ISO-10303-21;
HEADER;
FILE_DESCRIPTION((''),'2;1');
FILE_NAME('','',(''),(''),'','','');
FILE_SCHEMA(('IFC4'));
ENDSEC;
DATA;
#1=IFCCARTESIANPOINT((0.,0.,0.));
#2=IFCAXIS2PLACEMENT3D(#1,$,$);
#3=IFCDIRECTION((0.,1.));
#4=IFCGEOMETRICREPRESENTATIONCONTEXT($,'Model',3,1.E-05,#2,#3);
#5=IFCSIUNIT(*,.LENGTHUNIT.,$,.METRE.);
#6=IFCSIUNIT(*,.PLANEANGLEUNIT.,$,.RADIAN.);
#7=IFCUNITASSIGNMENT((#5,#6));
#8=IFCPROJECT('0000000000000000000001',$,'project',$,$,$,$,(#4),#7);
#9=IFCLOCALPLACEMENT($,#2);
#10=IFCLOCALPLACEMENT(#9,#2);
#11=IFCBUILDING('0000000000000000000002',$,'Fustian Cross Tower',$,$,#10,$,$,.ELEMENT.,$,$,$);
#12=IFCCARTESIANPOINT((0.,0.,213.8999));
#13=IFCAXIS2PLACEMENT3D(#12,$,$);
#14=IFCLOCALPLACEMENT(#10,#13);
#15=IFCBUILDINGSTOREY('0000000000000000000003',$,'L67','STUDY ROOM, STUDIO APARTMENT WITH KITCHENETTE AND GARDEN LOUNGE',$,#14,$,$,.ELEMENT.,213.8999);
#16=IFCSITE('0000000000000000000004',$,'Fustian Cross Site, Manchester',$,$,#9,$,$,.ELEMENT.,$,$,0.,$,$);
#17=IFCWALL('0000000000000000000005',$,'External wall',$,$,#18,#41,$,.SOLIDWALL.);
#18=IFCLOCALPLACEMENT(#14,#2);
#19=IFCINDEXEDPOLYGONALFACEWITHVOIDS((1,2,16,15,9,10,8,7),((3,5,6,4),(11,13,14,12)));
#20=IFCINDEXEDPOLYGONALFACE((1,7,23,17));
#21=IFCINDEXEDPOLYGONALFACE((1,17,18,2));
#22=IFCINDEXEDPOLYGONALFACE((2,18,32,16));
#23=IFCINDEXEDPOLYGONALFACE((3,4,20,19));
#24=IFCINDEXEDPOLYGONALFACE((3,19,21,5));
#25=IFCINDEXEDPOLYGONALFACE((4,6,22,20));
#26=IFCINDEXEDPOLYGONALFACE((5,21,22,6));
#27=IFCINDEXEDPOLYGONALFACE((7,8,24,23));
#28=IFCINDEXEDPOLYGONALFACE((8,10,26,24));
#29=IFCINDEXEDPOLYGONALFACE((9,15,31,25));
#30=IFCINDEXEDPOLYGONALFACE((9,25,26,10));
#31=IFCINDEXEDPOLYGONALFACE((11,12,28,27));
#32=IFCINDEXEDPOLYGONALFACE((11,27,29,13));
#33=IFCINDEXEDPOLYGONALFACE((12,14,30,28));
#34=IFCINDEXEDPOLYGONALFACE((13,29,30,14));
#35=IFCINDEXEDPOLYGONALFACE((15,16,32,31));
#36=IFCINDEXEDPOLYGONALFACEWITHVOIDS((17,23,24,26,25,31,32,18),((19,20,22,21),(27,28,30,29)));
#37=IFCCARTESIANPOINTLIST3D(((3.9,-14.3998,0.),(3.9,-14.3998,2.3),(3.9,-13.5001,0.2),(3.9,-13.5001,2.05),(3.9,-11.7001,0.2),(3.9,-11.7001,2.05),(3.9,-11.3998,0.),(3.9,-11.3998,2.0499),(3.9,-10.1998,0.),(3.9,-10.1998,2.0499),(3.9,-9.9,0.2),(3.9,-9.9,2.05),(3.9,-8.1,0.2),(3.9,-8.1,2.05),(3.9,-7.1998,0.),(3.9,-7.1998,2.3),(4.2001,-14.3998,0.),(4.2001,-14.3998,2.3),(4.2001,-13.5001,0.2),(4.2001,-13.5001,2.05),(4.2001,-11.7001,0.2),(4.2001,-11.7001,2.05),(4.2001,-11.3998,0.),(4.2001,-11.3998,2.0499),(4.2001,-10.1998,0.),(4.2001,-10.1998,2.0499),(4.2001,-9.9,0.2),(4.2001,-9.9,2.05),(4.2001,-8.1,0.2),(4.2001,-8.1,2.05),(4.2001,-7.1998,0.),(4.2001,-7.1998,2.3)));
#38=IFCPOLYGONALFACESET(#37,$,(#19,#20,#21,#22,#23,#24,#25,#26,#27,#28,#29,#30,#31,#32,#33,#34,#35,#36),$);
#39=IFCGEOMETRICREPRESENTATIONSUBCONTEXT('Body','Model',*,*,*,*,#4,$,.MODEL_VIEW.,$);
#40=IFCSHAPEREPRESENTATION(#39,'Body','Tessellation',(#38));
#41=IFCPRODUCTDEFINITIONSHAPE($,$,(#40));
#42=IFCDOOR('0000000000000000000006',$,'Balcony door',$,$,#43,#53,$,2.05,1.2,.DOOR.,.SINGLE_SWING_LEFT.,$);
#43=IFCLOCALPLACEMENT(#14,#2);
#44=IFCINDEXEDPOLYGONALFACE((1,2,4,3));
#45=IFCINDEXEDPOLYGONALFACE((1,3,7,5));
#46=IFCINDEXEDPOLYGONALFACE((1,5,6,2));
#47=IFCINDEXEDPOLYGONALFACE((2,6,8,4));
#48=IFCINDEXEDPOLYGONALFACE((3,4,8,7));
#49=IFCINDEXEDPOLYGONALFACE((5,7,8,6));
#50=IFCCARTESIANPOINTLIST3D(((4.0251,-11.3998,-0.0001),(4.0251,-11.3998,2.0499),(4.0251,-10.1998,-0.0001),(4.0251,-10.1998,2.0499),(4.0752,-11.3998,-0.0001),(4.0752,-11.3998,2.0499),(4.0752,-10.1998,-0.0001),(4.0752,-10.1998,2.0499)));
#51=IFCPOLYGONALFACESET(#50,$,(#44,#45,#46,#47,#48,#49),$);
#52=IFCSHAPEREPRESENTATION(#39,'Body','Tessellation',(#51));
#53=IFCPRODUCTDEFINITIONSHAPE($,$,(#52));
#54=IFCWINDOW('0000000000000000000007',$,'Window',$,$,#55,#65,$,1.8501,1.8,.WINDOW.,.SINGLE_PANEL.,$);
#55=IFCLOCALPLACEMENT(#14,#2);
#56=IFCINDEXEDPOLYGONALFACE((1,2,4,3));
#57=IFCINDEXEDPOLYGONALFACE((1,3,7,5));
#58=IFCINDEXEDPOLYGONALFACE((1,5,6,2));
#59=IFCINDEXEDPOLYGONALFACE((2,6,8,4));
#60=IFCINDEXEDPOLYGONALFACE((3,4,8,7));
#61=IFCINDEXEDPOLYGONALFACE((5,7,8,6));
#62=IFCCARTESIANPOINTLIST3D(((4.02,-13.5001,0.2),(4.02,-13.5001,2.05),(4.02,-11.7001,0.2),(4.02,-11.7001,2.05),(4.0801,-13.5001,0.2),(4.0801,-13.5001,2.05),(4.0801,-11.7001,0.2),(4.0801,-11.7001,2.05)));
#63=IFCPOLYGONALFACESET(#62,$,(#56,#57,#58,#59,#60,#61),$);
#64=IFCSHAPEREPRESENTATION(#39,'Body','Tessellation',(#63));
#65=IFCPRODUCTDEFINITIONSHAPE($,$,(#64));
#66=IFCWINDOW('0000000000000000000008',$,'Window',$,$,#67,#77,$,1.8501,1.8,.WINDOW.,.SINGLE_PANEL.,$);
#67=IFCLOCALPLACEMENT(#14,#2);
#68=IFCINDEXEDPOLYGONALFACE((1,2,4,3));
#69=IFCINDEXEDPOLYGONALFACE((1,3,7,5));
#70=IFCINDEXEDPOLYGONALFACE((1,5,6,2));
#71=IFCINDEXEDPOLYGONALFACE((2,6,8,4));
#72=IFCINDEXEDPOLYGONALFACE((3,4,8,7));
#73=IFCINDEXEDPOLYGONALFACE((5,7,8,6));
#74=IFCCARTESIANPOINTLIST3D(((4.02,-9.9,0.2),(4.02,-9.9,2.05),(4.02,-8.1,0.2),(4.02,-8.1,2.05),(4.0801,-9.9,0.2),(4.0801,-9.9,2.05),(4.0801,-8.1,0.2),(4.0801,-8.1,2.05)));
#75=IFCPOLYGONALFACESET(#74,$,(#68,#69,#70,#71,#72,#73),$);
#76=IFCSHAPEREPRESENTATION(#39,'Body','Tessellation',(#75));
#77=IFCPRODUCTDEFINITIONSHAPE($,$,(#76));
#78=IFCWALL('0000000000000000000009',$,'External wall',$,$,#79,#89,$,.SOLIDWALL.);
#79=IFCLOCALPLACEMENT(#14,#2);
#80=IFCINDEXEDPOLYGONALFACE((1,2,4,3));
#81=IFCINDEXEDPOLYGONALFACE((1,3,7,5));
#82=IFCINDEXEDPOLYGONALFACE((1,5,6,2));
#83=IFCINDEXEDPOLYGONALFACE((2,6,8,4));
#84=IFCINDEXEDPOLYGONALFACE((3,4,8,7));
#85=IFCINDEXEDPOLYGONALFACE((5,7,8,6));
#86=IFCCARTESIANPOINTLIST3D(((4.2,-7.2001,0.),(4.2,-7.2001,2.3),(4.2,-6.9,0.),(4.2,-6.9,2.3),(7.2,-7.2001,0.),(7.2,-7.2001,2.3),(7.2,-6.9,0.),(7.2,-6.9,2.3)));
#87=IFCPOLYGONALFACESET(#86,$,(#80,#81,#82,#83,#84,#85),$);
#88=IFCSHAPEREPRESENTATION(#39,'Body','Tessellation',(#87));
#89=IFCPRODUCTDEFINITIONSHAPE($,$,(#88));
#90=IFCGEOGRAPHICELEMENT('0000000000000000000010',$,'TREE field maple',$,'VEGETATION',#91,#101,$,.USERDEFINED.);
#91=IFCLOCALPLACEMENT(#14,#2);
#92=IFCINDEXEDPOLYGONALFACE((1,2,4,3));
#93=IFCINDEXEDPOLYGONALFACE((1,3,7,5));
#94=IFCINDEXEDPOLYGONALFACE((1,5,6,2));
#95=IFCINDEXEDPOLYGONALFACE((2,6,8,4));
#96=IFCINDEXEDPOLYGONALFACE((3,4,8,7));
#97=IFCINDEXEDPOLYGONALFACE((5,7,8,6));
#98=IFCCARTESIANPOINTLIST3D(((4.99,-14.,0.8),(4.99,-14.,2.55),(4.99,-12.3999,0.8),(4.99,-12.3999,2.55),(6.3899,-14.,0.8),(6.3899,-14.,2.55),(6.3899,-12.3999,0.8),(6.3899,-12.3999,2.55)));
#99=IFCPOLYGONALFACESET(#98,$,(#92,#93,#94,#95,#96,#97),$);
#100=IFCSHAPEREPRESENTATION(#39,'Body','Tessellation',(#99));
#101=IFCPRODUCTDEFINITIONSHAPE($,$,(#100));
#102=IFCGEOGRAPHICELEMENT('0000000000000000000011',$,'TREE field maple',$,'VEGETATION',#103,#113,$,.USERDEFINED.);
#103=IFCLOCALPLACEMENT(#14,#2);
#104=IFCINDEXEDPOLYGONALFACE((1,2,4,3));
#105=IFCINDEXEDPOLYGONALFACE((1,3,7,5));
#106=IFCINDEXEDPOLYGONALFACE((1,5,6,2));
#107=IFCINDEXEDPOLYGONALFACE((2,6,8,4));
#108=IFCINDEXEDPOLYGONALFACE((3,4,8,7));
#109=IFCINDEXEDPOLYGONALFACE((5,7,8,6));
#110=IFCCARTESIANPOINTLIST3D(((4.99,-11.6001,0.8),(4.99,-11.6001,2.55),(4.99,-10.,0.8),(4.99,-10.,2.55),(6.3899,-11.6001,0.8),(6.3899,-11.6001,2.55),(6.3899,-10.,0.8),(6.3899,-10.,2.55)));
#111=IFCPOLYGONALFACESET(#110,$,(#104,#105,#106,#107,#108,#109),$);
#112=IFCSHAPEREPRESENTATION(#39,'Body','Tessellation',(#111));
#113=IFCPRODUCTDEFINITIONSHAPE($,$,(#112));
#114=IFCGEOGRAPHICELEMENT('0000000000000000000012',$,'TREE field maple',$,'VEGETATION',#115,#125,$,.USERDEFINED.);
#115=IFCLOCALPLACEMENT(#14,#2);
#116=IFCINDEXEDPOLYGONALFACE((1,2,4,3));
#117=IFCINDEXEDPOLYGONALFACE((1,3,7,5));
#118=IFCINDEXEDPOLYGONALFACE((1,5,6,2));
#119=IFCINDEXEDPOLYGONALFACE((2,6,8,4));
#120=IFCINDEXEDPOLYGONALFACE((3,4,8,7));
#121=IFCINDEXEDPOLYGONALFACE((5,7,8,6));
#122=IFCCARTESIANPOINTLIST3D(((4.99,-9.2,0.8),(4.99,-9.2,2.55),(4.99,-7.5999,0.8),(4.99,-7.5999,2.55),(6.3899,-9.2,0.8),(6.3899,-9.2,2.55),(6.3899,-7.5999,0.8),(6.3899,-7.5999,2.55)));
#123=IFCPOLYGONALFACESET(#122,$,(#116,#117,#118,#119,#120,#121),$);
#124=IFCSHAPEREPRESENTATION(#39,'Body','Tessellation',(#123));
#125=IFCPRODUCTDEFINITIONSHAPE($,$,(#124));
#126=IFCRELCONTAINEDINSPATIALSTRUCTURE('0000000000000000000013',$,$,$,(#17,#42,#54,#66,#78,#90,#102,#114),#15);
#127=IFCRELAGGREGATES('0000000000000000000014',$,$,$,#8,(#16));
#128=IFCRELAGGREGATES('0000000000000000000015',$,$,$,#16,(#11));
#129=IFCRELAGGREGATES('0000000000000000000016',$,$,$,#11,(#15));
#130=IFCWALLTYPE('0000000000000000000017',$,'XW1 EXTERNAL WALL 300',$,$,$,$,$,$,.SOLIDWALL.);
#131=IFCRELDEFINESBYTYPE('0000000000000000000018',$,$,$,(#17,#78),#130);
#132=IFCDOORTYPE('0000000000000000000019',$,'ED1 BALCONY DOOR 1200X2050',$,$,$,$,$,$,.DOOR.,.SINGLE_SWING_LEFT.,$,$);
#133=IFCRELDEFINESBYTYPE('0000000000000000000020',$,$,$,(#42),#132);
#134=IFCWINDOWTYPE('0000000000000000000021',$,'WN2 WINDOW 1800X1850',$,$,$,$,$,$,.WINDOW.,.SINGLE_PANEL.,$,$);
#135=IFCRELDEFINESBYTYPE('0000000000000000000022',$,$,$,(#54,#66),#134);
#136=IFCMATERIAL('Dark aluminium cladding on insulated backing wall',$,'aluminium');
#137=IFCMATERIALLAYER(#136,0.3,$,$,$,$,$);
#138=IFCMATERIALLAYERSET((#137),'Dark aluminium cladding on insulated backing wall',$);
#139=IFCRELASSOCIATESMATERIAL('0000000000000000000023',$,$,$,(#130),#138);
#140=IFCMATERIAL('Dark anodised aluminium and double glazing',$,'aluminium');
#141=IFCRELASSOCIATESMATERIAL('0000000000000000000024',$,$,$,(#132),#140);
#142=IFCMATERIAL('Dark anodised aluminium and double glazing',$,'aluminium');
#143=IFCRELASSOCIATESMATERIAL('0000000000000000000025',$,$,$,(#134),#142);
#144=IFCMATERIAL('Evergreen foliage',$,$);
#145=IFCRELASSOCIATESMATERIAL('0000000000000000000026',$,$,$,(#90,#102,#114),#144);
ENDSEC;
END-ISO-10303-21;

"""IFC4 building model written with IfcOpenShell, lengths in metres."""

from ifc_helpers import new_model, si_unit, direction, frame, frame_2d, origin, origin_2d, place, context, subcontext, project, spatial, rectangle, extrude, material, layer, layer_set, type_object, element, fill, save


model = new_model("IFC4")

# Units and contexts
model_context = context("Model", 3, precision=1e-05, world=origin(), true_north=direction((0.0, 1.0)))
body_context = subcontext(model_context, "Body", "Model", "MODEL_VIEW")
ifc_project = project(units=[si_unit("LENGTHUNIT", "METRE"), si_unit("PLANEANGLEUNIT", "RADIAN")], contexts=[model_context])

# Site, building, storey
site_placement = place(None, origin())
site = spatial("IfcSite", under=ifc_project, at=site_placement, Name="Fustian Cross Site, Manchester", CompositionType="ELEMENT", RefElevation=0.0)
building_placement = place(site_placement, origin())
building = spatial("IfcBuilding", under=site, at=building_placement, Name="Fustian Cross Tower", CompositionType="ELEMENT")
storey_placement = place(building_placement, frame((0.0, 0.0, 213.8999)))
storey = spatial("IfcBuildingStorey", under=building, at=storey_placement, Name="L67", Description="STUDY ROOM, STUDIO APARTMENT WITH KITCHENETTE AND GARDEN LOUNGE", CompositionType="ELEMENT", Elevation=213.8999)

# Shared definitions
ifc_material_1 = material(Name="Dark aluminium cladding on insulated backing wall", Category="aluminium")
ifc_layer_1 = layer(ifc_material_1, 0.3)
ifc_layer_set_1 = layer_set([ifc_layer_1], Name="Dark aluminium cladding on insulated backing wall")
wall_type_1 = type_object("IfcWallType", Name="XW1 EXTERNAL WALL 300", PredefinedType="SOLIDWALL", material=ifc_layer_set_1)

# Wall, openings, door, windows
wall_1_placement = place(storey_placement, frame((4.05, -14.3999, 0.0), z_axis=(0.0, 0.0, 1.0), x_axis=(0.0, 1.0, 0.0)))
wall_1 = element("IfcWall", 1, at=wall_1_placement, inside=storey, type_object=wall_type_1, Name="External wall", PredefinedType="SOLIDWALL", context=body_context, shape_type="SweptSolid", body=[
    extrude(rectangle(XDim=7.2, YDim=0.3, at=frame_2d((3.6001, 0.0))), origin(), (0.0, 0.0, 1.0), 2.3),
])
opening_1_placement = place(wall_1_placement, frame((3.0, 0.0, 0.0)))
opening_1 = element("IfcOpeningElement", 2, at=opening_1_placement, cuts=wall_1, PredefinedType="OPENING", context=body_context, shape_type="SweptSolid", body=[
    extrude(rectangle(XDim=1.2, YDim=2.05, at=frame_2d((0.6001, 1.0249))), frame((0.0, 0.1599, 0.0), z_axis=(0.0, -1.0, 0.0), x_axis=(1.0, 0.0, 0.0)), (0.0, 0.0, 1.0), 0.3201),
])
opening_2_placement = place(wall_1_placement, frame((0.8999, 0.0, 0.2)))
opening_2 = element("IfcOpeningElement", 3, at=opening_2_placement, cuts=wall_1, PredefinedType="OPENING", context=body_context, shape_type="SweptSolid", body=[
    extrude(rectangle(XDim=1.8, YDim=1.8501, at=frame_2d((0.8999, 0.925))), frame((0.0, 0.1599, 0.0), z_axis=(0.0, -1.0, 0.0), x_axis=(1.0, 0.0, 0.0)), (0.0, 0.0, 1.0), 0.3201),
])
opening_3_placement = place(wall_1_placement, frame((4.5, 0.0, 0.2)))
opening_3 = element("IfcOpeningElement", 4, at=opening_3_placement, cuts=wall_1, PredefinedType="OPENING", context=body_context, shape_type="SweptSolid", body=[
    extrude(rectangle(XDim=1.8, YDim=1.8501, at=frame_2d((0.8999, 0.925))), frame((0.0, 0.1599, 0.0), z_axis=(0.0, -1.0, 0.0), x_axis=(1.0, 0.0, 0.0)), (0.0, 0.0, 1.0), 0.3201),
])
ifc_material_2 = material(Name="Dark anodised aluminium and double glazing", Category="aluminium")
door_type_1 = type_object("IfcDoorType", Name="ED1 BALCONY DOOR 1200X2050", OperationType="SINGLE_SWING_LEFT", PredefinedType="DOOR", material=ifc_material_2)
door_1_placement = place(opening_1_placement, origin())
door_1 = element("IfcDoor", 5, at=door_1_placement, inside=storey, type_object=door_type_1, Name="Balcony door", OperationType="SINGLE_SWING_LEFT", OverallHeight=2.05, OverallWidth=1.2, PredefinedType="DOOR", context=body_context, shape_type="SweptSolid", body=[
    extrude(rectangle(XDim=1.2, YDim=2.05, at=frame_2d((0.6001, 1.0249))), frame((0.0, 0.0249, 0.0), z_axis=(0.0, -1.0, 0.0), x_axis=(1.0, 0.0, 0.0)), (0.0, 0.0, 1.0), 0.05),
])
fill(opening_1, door_1)
ifc_material_3 = material(Name="Dark anodised aluminium and double glazing", Category="aluminium")
window_type = type_object("IfcWindowType", Name="WN2 WINDOW 1800X1850", PartitioningType="SINGLE_PANEL", PredefinedType="WINDOW", material=ifc_material_3)
window_1_placement = place(opening_2_placement, origin())
window_1 = element("IfcWindow", 6, at=window_1_placement, inside=storey, type_object=window_type, Name="Window", OverallHeight=1.8501, OverallWidth=1.8, PartitioningType="SINGLE_PANEL", PredefinedType="WINDOW", context=body_context, shape_type="SweptSolid", body=[
    extrude(rectangle(XDim=1.8, YDim=1.8501, at=frame_2d((0.8999, 0.925))), frame((0.0, 0.03, 0.0), z_axis=(0.0, -1.0, 0.0), x_axis=(1.0, 0.0, 0.0)), (0.0, 0.0, 1.0), 0.0601),
])
fill(opening_2, window_1)
window_2_placement = place(opening_3_placement, origin())
window_2 = element("IfcWindow", 7, at=window_2_placement, inside=storey, type_object=window_type, Name="Window", OverallHeight=1.8501, OverallWidth=1.8, PartitioningType="SINGLE_PANEL", PredefinedType="WINDOW", context=body_context, shape_type="SweptSolid", body=[
    extrude(rectangle(XDim=1.8, YDim=1.8501, at=frame_2d((0.8999, 0.925))), frame((0.0, 0.03, 0.0), z_axis=(0.0, -1.0, 0.0), x_axis=(1.0, 0.0, 0.0)), (0.0, 0.0, 1.0), 0.0601),
])
fill(opening_3, window_2)

# Wall
wall_2_placement = place(storey_placement, frame((4.2, -7.05, 0.0), z_axis=(0.0, 0.0, 1.0), x_axis=(1.0, 0.0, 0.0)))
element("IfcWall", 8, at=wall_2_placement, inside=storey, type_object=wall_type_1, Name="External wall", PredefinedType="SOLIDWALL", context=body_context, shape_type="SweptSolid", body=[
    extrude(rectangle(XDim=3.0, YDim=0.3, at=frame_2d((1.5, 0.0))), origin(), (0.0, 0.0, 1.0), 2.3),
])

# Geographic elements
ifc_material_4 = material(Name="Evergreen foliage")
for number, where, z_axis, x_axis, name in (
    (9, (5.6899, -13.2, 0.8), (0.0, 0.0, 1.0), (1.0, 0.0, 0.0), "TREE field maple"),
    (10, (5.6899, -10.8, 0.8), (0.0, 0.0, 1.0), (1.0, 0.0, 0.0), "TREE field maple"),
    (11, (5.6899, -8.3999, 0.8), (0.0, 0.0, 1.0), (1.0, 0.0, 0.0), "TREE field maple"),
):
    element("IfcGeographicElement", number, at=place(storey_placement, frame(where, z_axis=z_axis, x_axis=x_axis)), inside=storey, material=ifc_material_4, Name=name, ObjectType="VEGETATION", PredefinedType="USERDEFINED", context=body_context, shape_type="SweptSolid", body=[
        extrude(rectangle(XDim=1.3999, YDim=1.6001, at=origin_2d()), origin(), (0.0, 0.0, 1.0), 1.75),
    ])

save(model, "model.ifc")
